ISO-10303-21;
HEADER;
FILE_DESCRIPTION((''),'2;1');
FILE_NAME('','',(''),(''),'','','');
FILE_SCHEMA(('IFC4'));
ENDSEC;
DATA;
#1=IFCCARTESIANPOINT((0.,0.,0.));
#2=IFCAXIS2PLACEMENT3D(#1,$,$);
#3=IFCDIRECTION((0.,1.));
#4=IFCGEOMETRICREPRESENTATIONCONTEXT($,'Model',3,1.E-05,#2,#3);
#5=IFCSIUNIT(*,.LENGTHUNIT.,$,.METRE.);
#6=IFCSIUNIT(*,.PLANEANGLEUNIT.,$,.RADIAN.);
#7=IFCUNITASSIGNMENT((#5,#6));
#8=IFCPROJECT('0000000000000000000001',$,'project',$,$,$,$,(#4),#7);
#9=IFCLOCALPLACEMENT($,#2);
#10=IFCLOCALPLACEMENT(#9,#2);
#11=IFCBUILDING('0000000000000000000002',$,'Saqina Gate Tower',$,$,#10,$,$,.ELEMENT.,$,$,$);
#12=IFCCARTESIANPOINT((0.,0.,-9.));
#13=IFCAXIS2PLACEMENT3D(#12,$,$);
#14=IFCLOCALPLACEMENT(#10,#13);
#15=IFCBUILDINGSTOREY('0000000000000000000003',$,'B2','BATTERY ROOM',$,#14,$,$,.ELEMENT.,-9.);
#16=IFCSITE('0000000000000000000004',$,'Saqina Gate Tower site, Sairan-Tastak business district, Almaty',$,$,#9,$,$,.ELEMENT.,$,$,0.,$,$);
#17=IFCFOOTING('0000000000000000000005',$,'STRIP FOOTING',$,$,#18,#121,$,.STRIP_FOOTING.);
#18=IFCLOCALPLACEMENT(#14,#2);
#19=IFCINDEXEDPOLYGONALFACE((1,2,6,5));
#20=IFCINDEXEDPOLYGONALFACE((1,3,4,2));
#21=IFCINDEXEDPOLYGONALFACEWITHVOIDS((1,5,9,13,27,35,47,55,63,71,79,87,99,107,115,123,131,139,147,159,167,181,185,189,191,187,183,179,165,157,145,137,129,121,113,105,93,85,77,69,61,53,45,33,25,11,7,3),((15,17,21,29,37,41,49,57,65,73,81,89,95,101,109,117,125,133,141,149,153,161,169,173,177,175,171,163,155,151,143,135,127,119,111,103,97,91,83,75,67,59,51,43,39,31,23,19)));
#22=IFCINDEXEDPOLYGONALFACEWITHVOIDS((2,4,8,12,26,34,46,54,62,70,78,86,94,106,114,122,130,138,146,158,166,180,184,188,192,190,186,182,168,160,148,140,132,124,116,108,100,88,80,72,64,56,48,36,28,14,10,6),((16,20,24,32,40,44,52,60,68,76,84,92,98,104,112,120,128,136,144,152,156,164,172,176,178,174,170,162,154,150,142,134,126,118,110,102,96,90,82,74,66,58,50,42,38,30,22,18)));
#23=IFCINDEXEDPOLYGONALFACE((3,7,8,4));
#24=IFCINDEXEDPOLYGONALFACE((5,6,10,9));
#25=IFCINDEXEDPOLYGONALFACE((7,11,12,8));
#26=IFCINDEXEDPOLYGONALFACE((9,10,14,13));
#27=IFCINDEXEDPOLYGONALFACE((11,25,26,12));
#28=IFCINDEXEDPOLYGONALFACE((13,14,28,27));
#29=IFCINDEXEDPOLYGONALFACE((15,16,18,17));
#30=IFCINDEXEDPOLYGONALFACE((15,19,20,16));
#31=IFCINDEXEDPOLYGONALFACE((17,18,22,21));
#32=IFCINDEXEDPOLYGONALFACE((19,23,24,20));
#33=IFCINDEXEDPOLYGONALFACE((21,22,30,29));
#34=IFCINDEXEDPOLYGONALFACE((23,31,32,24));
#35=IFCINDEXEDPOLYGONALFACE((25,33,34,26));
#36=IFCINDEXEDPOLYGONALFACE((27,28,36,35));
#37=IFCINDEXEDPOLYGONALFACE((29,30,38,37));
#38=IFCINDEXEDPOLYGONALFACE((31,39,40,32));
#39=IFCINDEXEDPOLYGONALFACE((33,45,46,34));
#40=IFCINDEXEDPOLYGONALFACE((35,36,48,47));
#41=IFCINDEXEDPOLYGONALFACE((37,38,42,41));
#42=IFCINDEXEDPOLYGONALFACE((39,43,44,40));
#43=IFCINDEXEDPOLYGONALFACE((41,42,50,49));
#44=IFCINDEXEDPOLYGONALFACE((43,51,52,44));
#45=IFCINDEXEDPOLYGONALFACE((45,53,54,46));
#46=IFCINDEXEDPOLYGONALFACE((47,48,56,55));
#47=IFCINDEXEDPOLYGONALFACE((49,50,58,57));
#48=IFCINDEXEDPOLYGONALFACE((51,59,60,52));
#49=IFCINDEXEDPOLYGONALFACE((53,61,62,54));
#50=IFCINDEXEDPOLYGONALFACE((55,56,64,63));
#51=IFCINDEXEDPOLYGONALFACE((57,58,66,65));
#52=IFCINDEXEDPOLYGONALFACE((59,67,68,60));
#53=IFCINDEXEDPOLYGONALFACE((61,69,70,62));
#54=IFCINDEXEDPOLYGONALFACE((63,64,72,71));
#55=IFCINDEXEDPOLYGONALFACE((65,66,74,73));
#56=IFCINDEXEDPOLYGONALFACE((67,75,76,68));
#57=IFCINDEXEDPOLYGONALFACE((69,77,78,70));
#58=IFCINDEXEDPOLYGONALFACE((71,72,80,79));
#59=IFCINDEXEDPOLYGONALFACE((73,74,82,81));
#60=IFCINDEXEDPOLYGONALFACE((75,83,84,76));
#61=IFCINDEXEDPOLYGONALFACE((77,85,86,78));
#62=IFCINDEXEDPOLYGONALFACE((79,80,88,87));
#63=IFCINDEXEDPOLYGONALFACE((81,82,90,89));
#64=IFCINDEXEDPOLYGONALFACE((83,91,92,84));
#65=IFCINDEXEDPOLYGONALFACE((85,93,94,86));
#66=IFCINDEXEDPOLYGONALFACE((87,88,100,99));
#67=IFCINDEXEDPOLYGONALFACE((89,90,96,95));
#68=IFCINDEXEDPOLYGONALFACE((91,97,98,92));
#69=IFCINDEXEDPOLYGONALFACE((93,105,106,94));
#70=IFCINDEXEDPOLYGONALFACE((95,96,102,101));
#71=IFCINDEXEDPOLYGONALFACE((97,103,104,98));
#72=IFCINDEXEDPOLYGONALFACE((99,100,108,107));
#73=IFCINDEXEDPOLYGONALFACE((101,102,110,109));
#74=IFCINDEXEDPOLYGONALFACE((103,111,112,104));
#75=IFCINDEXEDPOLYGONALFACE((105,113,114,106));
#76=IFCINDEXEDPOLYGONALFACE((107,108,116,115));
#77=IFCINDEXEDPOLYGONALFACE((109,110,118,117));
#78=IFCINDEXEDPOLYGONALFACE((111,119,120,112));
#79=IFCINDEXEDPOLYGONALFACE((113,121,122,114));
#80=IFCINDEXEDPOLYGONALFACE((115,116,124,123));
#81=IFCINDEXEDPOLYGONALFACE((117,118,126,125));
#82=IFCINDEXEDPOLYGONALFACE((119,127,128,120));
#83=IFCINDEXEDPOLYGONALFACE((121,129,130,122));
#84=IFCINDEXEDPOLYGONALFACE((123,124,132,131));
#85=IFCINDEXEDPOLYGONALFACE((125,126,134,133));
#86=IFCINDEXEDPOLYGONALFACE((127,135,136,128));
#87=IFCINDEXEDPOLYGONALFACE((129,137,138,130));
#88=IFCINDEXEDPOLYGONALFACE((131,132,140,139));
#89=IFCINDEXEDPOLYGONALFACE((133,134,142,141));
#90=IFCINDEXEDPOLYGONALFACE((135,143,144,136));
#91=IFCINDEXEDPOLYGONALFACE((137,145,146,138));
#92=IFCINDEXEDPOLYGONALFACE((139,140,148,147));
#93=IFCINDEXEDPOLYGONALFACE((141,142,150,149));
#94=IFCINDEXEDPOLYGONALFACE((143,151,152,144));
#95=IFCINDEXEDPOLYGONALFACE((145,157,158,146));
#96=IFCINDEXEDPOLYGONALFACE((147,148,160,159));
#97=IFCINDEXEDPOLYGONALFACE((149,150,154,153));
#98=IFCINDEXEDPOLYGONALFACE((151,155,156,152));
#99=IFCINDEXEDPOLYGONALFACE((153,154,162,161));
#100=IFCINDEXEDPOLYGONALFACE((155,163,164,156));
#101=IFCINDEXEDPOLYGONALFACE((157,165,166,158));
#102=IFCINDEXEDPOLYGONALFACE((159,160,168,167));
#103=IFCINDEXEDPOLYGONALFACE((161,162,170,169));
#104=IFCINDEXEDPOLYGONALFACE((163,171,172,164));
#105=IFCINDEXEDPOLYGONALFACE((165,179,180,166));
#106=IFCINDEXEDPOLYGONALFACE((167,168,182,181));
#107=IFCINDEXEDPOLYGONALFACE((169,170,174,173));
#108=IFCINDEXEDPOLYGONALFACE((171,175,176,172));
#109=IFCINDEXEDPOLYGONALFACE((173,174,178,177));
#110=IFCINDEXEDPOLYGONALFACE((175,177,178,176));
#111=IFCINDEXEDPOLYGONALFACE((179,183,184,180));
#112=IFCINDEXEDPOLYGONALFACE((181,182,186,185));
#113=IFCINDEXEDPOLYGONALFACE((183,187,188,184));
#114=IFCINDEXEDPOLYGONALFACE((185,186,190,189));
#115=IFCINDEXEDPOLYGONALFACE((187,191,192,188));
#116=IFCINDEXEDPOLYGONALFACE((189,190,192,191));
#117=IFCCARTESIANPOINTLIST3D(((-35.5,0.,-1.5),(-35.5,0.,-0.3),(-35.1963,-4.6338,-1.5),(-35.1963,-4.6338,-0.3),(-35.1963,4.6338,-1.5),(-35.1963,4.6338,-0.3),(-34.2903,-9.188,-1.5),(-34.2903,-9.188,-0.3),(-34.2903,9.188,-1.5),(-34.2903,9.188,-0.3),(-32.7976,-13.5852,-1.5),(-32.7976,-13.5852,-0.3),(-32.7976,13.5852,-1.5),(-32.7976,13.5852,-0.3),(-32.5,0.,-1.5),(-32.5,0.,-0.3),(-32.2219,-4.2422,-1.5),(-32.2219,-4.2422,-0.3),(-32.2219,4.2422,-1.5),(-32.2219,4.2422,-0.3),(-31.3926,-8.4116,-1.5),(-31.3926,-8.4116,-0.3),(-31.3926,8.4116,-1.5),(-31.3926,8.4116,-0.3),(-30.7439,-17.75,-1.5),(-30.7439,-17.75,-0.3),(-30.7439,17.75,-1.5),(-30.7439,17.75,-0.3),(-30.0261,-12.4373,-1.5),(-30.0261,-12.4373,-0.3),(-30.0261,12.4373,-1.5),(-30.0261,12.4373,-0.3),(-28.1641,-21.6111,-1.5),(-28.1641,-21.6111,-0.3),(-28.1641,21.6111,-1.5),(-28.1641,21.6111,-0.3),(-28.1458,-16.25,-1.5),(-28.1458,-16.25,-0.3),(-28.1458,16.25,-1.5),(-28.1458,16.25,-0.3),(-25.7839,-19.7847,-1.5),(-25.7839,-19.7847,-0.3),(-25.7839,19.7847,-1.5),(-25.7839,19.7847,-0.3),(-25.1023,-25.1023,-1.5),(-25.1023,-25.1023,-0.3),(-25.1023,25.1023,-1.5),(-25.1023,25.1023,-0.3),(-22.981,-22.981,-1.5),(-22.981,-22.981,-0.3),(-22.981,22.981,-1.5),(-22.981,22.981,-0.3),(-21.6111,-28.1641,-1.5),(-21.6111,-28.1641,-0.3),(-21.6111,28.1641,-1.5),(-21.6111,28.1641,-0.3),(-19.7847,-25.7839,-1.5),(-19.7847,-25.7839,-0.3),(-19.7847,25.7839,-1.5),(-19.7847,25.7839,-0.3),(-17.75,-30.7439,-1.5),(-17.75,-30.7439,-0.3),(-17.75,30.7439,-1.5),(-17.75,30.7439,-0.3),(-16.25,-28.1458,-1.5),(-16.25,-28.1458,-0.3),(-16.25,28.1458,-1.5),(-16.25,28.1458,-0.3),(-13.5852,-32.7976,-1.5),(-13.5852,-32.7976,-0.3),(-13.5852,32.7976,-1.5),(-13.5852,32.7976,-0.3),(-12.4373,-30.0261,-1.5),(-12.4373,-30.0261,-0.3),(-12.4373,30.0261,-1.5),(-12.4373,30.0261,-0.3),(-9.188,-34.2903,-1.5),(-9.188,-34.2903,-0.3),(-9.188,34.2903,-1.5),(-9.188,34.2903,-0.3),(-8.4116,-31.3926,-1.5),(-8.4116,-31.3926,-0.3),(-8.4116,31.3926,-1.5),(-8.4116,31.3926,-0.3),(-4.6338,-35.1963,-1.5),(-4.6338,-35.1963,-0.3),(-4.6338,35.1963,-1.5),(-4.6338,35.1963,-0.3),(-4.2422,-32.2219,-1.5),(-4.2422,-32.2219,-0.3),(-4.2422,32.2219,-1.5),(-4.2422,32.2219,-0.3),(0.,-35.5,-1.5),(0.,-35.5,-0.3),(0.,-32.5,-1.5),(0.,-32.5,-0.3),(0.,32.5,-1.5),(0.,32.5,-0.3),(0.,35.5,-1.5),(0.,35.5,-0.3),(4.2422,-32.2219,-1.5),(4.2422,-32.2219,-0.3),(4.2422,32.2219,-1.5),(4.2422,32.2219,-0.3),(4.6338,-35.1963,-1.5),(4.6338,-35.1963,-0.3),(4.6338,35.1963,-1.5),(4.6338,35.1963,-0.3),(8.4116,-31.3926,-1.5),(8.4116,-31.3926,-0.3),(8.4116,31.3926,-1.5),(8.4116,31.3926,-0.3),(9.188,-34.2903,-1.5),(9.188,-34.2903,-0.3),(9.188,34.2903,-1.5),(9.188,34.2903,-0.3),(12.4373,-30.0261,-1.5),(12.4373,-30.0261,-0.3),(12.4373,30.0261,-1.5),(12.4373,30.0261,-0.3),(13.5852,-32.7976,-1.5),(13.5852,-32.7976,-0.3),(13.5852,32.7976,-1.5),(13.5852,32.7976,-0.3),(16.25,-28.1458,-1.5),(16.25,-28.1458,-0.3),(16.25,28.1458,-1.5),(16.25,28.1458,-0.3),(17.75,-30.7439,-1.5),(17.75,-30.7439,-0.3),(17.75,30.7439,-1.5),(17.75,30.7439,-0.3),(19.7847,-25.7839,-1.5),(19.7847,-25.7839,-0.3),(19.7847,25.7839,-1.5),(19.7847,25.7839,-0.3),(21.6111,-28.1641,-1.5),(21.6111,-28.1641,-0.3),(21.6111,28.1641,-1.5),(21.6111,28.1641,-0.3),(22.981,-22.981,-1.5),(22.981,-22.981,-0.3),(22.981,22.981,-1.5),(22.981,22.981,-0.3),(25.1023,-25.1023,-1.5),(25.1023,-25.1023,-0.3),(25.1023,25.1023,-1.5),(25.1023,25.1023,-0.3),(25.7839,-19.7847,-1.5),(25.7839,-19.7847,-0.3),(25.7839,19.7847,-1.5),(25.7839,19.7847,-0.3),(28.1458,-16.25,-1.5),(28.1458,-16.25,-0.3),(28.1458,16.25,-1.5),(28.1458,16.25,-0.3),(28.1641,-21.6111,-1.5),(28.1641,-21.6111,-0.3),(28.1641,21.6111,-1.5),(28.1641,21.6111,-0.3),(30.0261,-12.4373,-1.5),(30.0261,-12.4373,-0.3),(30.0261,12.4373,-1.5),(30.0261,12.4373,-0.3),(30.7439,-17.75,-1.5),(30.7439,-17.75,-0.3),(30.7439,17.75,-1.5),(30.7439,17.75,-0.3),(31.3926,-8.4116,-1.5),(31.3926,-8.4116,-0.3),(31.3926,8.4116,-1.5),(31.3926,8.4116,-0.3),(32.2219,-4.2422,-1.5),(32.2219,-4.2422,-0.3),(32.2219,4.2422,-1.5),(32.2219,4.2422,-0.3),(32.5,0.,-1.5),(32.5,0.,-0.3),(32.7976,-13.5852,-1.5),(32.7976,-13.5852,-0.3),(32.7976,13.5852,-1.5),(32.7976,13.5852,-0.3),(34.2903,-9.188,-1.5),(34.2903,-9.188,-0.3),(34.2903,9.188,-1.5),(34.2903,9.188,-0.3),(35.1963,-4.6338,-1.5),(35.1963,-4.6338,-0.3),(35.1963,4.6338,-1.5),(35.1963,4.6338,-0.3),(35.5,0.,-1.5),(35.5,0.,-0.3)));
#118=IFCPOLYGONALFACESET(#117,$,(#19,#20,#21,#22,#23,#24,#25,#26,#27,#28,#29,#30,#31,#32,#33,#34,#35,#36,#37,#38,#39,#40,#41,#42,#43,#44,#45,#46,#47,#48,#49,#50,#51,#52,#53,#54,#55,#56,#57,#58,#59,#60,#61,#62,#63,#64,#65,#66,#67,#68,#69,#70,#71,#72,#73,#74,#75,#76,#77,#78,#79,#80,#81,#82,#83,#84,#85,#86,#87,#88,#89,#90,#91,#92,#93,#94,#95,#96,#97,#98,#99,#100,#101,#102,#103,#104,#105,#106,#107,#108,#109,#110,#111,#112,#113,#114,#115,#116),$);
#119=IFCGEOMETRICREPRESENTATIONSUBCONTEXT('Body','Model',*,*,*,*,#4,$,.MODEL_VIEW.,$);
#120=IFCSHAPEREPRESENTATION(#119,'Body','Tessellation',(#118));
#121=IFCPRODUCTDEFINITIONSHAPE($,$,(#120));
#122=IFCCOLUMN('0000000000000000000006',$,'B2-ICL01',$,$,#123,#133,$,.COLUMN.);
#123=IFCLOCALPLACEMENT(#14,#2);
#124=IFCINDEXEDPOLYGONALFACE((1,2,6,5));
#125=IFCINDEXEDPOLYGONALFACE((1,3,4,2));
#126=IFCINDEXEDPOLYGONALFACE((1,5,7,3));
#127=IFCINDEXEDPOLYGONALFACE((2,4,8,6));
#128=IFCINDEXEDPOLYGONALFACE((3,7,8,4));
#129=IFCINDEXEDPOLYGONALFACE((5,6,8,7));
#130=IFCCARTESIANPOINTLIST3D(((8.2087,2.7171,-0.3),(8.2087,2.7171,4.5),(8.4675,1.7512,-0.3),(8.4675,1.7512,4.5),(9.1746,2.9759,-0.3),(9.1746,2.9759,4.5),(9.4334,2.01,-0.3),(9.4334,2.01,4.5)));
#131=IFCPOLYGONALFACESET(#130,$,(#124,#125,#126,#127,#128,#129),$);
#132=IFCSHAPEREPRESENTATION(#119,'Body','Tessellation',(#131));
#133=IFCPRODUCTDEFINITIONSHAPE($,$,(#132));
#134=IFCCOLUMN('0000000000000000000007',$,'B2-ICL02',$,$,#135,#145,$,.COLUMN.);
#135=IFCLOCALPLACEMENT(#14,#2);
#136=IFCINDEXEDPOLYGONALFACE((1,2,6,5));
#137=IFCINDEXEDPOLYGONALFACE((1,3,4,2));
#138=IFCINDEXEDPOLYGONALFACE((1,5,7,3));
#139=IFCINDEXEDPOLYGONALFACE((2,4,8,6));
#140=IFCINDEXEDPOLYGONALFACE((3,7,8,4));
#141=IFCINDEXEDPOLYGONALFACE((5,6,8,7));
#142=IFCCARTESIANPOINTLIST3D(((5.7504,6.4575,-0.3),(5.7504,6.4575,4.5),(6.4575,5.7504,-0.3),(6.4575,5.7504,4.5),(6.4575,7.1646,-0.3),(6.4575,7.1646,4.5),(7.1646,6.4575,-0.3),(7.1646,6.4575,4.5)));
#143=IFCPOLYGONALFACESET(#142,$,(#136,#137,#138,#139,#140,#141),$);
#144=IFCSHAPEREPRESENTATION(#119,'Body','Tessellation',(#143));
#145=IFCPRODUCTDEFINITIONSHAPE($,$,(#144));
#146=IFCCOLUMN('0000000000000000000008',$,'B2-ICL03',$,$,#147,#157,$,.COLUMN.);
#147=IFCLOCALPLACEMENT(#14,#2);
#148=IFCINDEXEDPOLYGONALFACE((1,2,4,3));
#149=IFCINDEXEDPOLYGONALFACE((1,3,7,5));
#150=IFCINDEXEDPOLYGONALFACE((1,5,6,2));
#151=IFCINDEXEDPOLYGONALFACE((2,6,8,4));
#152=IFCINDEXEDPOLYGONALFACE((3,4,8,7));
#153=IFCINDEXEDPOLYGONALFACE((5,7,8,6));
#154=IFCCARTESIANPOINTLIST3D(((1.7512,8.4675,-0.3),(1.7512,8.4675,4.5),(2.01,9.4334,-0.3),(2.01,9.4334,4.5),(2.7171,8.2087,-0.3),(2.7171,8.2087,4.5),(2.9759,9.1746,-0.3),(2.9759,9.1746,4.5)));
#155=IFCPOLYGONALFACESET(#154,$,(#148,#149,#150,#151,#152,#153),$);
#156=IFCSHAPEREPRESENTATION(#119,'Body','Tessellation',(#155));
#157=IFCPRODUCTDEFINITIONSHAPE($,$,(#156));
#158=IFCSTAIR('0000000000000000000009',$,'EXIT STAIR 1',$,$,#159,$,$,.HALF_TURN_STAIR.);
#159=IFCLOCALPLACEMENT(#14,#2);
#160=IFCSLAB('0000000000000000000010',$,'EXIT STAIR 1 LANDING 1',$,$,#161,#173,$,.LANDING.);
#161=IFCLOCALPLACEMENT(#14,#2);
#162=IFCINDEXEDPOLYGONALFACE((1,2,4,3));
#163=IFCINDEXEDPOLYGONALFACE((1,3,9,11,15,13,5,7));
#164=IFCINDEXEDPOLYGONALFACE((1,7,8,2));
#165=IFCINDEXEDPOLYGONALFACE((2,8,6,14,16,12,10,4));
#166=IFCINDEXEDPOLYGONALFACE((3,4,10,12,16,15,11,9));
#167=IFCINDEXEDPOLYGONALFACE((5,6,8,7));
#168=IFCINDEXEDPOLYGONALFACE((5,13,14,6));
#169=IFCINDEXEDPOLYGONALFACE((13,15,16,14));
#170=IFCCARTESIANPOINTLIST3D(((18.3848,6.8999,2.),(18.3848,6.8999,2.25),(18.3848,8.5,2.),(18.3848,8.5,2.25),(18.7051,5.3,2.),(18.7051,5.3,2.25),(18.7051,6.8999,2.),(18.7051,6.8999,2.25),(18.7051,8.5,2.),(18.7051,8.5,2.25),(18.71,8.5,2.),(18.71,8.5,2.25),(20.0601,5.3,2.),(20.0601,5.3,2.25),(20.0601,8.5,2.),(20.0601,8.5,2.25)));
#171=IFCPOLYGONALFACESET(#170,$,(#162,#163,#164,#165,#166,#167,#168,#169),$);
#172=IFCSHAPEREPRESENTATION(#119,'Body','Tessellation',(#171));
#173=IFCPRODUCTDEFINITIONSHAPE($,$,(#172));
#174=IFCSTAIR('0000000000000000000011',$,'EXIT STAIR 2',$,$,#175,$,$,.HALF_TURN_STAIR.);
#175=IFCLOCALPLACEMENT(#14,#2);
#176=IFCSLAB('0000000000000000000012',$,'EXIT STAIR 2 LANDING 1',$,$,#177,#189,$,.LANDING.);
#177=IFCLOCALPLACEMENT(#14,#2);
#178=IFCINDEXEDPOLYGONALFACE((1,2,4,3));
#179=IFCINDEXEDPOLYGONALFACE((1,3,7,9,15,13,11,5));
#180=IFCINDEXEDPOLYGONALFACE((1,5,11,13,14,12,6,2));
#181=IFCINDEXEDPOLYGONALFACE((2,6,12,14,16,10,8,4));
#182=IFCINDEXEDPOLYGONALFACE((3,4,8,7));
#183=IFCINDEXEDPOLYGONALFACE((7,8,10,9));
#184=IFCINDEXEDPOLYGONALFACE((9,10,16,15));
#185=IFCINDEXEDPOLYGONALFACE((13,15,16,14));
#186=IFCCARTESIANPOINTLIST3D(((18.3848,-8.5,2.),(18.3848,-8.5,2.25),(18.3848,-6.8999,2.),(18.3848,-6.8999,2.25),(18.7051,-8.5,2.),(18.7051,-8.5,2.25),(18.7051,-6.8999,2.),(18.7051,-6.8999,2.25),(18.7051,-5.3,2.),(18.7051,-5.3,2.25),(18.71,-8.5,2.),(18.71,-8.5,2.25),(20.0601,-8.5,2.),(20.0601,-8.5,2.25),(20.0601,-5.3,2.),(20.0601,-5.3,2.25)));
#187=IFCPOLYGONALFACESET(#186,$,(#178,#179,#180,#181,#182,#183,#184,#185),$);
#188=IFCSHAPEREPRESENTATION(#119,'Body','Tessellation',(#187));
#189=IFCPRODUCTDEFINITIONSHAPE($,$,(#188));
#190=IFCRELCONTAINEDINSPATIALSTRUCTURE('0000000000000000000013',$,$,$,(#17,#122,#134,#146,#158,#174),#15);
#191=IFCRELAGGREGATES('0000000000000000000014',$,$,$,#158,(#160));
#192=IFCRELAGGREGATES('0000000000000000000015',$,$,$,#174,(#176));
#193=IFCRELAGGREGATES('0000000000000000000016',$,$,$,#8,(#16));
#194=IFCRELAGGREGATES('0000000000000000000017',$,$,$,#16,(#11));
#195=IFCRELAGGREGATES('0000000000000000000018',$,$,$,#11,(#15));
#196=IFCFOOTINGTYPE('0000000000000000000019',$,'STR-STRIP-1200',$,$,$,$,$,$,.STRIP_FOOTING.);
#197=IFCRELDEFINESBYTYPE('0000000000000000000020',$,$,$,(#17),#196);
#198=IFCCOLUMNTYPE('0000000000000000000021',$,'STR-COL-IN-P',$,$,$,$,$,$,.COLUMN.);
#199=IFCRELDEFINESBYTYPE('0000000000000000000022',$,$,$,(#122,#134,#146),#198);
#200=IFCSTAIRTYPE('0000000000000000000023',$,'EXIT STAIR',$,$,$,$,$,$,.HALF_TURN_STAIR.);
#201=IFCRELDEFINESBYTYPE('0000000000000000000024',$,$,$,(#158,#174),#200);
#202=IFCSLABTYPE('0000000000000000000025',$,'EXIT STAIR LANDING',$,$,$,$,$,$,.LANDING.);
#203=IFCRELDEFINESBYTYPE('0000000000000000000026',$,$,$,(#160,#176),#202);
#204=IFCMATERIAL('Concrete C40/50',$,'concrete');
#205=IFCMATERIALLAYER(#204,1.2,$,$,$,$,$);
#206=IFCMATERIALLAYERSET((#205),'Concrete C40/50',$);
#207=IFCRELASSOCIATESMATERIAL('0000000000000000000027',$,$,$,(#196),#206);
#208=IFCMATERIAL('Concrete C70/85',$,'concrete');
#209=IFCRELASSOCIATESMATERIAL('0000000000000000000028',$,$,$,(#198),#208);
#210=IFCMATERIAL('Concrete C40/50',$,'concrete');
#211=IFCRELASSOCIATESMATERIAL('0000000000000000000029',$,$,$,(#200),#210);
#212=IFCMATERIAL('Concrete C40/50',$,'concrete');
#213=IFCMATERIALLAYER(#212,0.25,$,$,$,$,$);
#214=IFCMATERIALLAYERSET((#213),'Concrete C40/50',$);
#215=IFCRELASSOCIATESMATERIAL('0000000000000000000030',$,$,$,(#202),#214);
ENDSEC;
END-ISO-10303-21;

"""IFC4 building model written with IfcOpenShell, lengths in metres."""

from ifc_helpers import new_model, si_unit, direction, frame, origin, origin_2d, place, context, subcontext, project, spatial, polyline, rectangle, outline, extrude, material, layer, layer_set, material_profile, profile_set, type_object, element, aggregate, save


model = new_model("IFC4")

# Units and contexts
model_context = context("Model", 3, precision=1e-05, world=origin(), true_north=direction((0.0, 1.0)))
body_context = subcontext(model_context, "Body", "Model", "MODEL_VIEW")
ifc_project = project(units=[si_unit("LENGTHUNIT", "METRE"), si_unit("PLANEANGLEUNIT", "RADIAN")], contexts=[model_context])

# Site, building, storey
site_placement = place(None, origin())
site = spatial("IfcSite", under=ifc_project, at=site_placement, Name="Saqina Gate Tower site, Sairan-Tastak business district, Almaty", CompositionType="ELEMENT", RefElevation=0.0)
building_placement = place(site_placement, origin())
building = spatial("IfcBuilding", under=site, at=building_placement, Name="Saqina Gate Tower", CompositionType="ELEMENT")
storey_placement = place(building_placement, frame((0.0, 0.0, -9.0)))
storey = spatial("IfcBuildingStorey", under=building, at=storey_placement, Name="B2", Description="BATTERY ROOM", CompositionType="ELEMENT", Elevation=-9.0)

# Footing
ifc_material_1 = material(Name="Concrete C40/50", Category="concrete")
ifc_layer_1 = layer(ifc_material_1, 1.2)
ifc_layer_set_1 = layer_set([ifc_layer_1], Name="Concrete C40/50")
footing_type = type_object("IfcFootingType", Name="STR-STRIP-1200", PredefinedType="STRIP_FOOTING", material=ifc_layer_set_1)
footing_placement = place(storey_placement, frame((0.0, 0.0, -1.5)))
element("IfcFooting", 1, at=footing_placement, inside=storey, type_object=footing_type, Name="STRIP FOOTING", PredefinedType="STRIP_FOOTING", context=body_context, shape_type="SweptSolid", body=[
    extrude(outline(polyline([(35.5, 0.0), (35.1963, 4.6338), (34.2903, 9.188), (32.7976, 13.5852), (30.7439, 17.75), (28.1641, 21.6111), (25.1023, 25.1023), (21.6111, 28.1641), (17.75, 30.7439), (13.5852, 32.7976), (9.188, 34.2903), (4.6338, 35.1963), (0.0, 35.5), (-4.6338, 35.1963), (-9.188, 34.2903), (-13.5852, 32.7976), (-17.75, 30.7439), (-21.6111, 28.1641), (-25.1023, 25.1023), (-28.1641, 21.6111), (-30.7439, 17.75), (-32.7976, 13.5852), (-34.2903, 9.188), (-35.1963, 4.6338), (-35.5, 0.0), (-35.1963, -4.6338), (-34.2903, -9.188), (-32.7976, -13.5852), (-30.7439, -17.75), (-28.1641, -21.6111), (-25.1023, -25.1023), (-21.6111, -28.1641), (-17.75, -30.7439), (-13.5852, -32.7976), (-9.188, -34.2903), (-4.6338, -35.1963), (0.0, -35.5), (4.6338, -35.1963), (9.188, -34.2903), (13.5852, -32.7976), (17.75, -30.7439), (21.6111, -28.1641), (25.1023, -25.1023), (28.1641, -21.6111), (30.7439, -17.75), (32.7976, -13.5852), (34.2903, -9.188), (35.1963, -4.6338), (35.5, 0.0)]), holes=[polyline([(32.5, 0.0), (32.2219, -4.2422), (31.3926, -8.4116), (30.0261, -12.4373), (28.1458, -16.25), (25.7839, -19.7847), (22.981, -22.981), (19.7847, -25.7839), (16.25, -28.1458), (12.4373, -30.0261), (8.4116, -31.3926), (4.2422, -32.2219), (0.0, -32.5), (-4.2422, -32.2219), (-8.4116, -31.3926), (-12.4373, -30.0261), (-16.25, -28.1458), (-19.7847, -25.7839), (-22.981, -22.981), (-25.7839, -19.7847), (-28.1458, -16.25), (-30.0261, -12.4373), (-31.3926, -8.4116), (-32.2219, -4.2422), (-32.5, 0.0), (-32.2219, 4.2422), (-31.3926, 8.4116), (-30.0261, 12.4373), (-28.1458, 16.25), (-25.7839, 19.7847), (-22.981, 22.981), (-19.7847, 25.7839), (-16.25, 28.1458), (-12.4373, 30.0261), (-8.4116, 31.3926), (-4.2422, 32.2219), (0.0, 32.5), (4.2422, 32.2219), (8.4116, 31.3926), (12.4373, 30.0261), (16.25, 28.1458), (19.7847, 25.7839), (22.981, 22.981), (25.7839, 19.7847), (28.1458, 16.25), (30.0261, 12.4373), (31.3926, 8.4116), (32.2219, 4.2422), (32.5, 0.0)])]), origin(), (0.0, 0.0, 1.0), 1.2),
])

# Columns
ifc_material_2 = material(Name="Concrete C70/85", Category="concrete")
ifc_material_profile_1 = material_profile(ifc_material_2, rectangle(XDim=1.0, YDim=1.0, at=origin_2d()), Name="RC 1000x1000")
ifc_profile_set_1 = profile_set([ifc_material_profile_1], Name="Concrete C70/85")
column_type = type_object("IfcColumnType", Name="STR-COL-IN-P", PredefinedType="COLUMN", material=ifc_profile_set_1)
for number, where, z_axis, x_axis, name in (
    (2, (8.821, 2.3635, -0.3), (0.0, 0.0, 1.0), (0.965926, 0.258819, 0.0), "B2-ICL01"),
    (3, (6.4575, 6.4575, -0.3), (0.0, 0.0, 1.0), (0.707107, 0.707107, 0.0), "B2-ICL02"),
    (4, (2.3635, 8.821, -0.3), (0.0, 0.0, 1.0), (0.258819, 0.965926, 0.0), "B2-ICL03"),
):
    element("IfcColumn", number, at=place(storey_placement, frame(where, z_axis=z_axis, x_axis=x_axis)), inside=storey, type_object=column_type, Name=name, PredefinedType="COLUMN", context=body_context, shape_type="SweptSolid", body=[
        extrude(rectangle(XDim=1.0, YDim=1.0, at=origin_2d()), origin(), (0.0, 0.0, 1.0), 4.8),
    ])

# Stairs, slabs
ifc_material_3 = material(Name="Concrete C40/50", Category="concrete")
stair_type = type_object("IfcStairType", Name="EXIT STAIR", PredefinedType="HALF_TURN_STAIR", material=ifc_material_3)
stair_1_placement = place(storey_placement, origin())
stair_1 = element("IfcStair", 5, at=stair_1_placement, inside=storey, type_object=stair_type, Name="EXIT STAIR 1", PredefinedType="HALF_TURN_STAIR")
ifc_material_4 = material(Name="Concrete C40/50", Category="concrete")
ifc_layer_2 = layer(ifc_material_4, 0.25)
ifc_layer_set_2 = layer_set([ifc_layer_2], Name="Concrete C40/50")
slab_type = type_object("IfcSlabType", Name="EXIT STAIR LANDING", PredefinedType="LANDING", material=ifc_layer_set_2)
slab_1_placement = place(storey_placement, frame((0.0, 0.0, 2.0)))
slab_1 = element("IfcSlab", 6, at=slab_1_placement, type_object=slab_type, Name="EXIT STAIR 1 LANDING 1", PredefinedType="LANDING", context=body_context, shape_type="SweptSolid", body=[
    extrude(outline(polyline([(20.0601, 8.5), (20.0601, 5.3), (18.7051, 5.3), (18.7051, 6.8999), (18.3848, 6.8999), (18.3848, 8.5), (18.7051, 8.5), (18.71, 8.5), (20.0601, 8.5)])), origin(), (0.0, 0.0, 1.0), 0.25),
])
aggregate(stair_1, [slab_1])
stair_2_placement = place(storey_placement, origin())
stair_2 = element("IfcStair", 7, at=stair_2_placement, inside=storey, type_object=stair_type, Name="EXIT STAIR 2", PredefinedType="HALF_TURN_STAIR")
slab_2_placement = place(storey_placement, frame((0.0, 0.0, 2.0)))
slab_2 = element("IfcSlab", 8, at=slab_2_placement, type_object=slab_type, Name="EXIT STAIR 2 LANDING 1", PredefinedType="LANDING", context=body_context, shape_type="SweptSolid", body=[
    extrude(outline(polyline([(18.3848, -8.5), (18.3848, -6.8999), (18.7051, -6.8999), (18.7051, -5.3), (20.0601, -5.3), (20.0601, -8.5), (18.71, -8.5), (18.7051, -8.5), (18.3848, -8.5)])), origin(), (0.0, 0.0, 1.0), 0.25),
])
aggregate(stair_2, [slab_2])

save(model, "model.ifc")
